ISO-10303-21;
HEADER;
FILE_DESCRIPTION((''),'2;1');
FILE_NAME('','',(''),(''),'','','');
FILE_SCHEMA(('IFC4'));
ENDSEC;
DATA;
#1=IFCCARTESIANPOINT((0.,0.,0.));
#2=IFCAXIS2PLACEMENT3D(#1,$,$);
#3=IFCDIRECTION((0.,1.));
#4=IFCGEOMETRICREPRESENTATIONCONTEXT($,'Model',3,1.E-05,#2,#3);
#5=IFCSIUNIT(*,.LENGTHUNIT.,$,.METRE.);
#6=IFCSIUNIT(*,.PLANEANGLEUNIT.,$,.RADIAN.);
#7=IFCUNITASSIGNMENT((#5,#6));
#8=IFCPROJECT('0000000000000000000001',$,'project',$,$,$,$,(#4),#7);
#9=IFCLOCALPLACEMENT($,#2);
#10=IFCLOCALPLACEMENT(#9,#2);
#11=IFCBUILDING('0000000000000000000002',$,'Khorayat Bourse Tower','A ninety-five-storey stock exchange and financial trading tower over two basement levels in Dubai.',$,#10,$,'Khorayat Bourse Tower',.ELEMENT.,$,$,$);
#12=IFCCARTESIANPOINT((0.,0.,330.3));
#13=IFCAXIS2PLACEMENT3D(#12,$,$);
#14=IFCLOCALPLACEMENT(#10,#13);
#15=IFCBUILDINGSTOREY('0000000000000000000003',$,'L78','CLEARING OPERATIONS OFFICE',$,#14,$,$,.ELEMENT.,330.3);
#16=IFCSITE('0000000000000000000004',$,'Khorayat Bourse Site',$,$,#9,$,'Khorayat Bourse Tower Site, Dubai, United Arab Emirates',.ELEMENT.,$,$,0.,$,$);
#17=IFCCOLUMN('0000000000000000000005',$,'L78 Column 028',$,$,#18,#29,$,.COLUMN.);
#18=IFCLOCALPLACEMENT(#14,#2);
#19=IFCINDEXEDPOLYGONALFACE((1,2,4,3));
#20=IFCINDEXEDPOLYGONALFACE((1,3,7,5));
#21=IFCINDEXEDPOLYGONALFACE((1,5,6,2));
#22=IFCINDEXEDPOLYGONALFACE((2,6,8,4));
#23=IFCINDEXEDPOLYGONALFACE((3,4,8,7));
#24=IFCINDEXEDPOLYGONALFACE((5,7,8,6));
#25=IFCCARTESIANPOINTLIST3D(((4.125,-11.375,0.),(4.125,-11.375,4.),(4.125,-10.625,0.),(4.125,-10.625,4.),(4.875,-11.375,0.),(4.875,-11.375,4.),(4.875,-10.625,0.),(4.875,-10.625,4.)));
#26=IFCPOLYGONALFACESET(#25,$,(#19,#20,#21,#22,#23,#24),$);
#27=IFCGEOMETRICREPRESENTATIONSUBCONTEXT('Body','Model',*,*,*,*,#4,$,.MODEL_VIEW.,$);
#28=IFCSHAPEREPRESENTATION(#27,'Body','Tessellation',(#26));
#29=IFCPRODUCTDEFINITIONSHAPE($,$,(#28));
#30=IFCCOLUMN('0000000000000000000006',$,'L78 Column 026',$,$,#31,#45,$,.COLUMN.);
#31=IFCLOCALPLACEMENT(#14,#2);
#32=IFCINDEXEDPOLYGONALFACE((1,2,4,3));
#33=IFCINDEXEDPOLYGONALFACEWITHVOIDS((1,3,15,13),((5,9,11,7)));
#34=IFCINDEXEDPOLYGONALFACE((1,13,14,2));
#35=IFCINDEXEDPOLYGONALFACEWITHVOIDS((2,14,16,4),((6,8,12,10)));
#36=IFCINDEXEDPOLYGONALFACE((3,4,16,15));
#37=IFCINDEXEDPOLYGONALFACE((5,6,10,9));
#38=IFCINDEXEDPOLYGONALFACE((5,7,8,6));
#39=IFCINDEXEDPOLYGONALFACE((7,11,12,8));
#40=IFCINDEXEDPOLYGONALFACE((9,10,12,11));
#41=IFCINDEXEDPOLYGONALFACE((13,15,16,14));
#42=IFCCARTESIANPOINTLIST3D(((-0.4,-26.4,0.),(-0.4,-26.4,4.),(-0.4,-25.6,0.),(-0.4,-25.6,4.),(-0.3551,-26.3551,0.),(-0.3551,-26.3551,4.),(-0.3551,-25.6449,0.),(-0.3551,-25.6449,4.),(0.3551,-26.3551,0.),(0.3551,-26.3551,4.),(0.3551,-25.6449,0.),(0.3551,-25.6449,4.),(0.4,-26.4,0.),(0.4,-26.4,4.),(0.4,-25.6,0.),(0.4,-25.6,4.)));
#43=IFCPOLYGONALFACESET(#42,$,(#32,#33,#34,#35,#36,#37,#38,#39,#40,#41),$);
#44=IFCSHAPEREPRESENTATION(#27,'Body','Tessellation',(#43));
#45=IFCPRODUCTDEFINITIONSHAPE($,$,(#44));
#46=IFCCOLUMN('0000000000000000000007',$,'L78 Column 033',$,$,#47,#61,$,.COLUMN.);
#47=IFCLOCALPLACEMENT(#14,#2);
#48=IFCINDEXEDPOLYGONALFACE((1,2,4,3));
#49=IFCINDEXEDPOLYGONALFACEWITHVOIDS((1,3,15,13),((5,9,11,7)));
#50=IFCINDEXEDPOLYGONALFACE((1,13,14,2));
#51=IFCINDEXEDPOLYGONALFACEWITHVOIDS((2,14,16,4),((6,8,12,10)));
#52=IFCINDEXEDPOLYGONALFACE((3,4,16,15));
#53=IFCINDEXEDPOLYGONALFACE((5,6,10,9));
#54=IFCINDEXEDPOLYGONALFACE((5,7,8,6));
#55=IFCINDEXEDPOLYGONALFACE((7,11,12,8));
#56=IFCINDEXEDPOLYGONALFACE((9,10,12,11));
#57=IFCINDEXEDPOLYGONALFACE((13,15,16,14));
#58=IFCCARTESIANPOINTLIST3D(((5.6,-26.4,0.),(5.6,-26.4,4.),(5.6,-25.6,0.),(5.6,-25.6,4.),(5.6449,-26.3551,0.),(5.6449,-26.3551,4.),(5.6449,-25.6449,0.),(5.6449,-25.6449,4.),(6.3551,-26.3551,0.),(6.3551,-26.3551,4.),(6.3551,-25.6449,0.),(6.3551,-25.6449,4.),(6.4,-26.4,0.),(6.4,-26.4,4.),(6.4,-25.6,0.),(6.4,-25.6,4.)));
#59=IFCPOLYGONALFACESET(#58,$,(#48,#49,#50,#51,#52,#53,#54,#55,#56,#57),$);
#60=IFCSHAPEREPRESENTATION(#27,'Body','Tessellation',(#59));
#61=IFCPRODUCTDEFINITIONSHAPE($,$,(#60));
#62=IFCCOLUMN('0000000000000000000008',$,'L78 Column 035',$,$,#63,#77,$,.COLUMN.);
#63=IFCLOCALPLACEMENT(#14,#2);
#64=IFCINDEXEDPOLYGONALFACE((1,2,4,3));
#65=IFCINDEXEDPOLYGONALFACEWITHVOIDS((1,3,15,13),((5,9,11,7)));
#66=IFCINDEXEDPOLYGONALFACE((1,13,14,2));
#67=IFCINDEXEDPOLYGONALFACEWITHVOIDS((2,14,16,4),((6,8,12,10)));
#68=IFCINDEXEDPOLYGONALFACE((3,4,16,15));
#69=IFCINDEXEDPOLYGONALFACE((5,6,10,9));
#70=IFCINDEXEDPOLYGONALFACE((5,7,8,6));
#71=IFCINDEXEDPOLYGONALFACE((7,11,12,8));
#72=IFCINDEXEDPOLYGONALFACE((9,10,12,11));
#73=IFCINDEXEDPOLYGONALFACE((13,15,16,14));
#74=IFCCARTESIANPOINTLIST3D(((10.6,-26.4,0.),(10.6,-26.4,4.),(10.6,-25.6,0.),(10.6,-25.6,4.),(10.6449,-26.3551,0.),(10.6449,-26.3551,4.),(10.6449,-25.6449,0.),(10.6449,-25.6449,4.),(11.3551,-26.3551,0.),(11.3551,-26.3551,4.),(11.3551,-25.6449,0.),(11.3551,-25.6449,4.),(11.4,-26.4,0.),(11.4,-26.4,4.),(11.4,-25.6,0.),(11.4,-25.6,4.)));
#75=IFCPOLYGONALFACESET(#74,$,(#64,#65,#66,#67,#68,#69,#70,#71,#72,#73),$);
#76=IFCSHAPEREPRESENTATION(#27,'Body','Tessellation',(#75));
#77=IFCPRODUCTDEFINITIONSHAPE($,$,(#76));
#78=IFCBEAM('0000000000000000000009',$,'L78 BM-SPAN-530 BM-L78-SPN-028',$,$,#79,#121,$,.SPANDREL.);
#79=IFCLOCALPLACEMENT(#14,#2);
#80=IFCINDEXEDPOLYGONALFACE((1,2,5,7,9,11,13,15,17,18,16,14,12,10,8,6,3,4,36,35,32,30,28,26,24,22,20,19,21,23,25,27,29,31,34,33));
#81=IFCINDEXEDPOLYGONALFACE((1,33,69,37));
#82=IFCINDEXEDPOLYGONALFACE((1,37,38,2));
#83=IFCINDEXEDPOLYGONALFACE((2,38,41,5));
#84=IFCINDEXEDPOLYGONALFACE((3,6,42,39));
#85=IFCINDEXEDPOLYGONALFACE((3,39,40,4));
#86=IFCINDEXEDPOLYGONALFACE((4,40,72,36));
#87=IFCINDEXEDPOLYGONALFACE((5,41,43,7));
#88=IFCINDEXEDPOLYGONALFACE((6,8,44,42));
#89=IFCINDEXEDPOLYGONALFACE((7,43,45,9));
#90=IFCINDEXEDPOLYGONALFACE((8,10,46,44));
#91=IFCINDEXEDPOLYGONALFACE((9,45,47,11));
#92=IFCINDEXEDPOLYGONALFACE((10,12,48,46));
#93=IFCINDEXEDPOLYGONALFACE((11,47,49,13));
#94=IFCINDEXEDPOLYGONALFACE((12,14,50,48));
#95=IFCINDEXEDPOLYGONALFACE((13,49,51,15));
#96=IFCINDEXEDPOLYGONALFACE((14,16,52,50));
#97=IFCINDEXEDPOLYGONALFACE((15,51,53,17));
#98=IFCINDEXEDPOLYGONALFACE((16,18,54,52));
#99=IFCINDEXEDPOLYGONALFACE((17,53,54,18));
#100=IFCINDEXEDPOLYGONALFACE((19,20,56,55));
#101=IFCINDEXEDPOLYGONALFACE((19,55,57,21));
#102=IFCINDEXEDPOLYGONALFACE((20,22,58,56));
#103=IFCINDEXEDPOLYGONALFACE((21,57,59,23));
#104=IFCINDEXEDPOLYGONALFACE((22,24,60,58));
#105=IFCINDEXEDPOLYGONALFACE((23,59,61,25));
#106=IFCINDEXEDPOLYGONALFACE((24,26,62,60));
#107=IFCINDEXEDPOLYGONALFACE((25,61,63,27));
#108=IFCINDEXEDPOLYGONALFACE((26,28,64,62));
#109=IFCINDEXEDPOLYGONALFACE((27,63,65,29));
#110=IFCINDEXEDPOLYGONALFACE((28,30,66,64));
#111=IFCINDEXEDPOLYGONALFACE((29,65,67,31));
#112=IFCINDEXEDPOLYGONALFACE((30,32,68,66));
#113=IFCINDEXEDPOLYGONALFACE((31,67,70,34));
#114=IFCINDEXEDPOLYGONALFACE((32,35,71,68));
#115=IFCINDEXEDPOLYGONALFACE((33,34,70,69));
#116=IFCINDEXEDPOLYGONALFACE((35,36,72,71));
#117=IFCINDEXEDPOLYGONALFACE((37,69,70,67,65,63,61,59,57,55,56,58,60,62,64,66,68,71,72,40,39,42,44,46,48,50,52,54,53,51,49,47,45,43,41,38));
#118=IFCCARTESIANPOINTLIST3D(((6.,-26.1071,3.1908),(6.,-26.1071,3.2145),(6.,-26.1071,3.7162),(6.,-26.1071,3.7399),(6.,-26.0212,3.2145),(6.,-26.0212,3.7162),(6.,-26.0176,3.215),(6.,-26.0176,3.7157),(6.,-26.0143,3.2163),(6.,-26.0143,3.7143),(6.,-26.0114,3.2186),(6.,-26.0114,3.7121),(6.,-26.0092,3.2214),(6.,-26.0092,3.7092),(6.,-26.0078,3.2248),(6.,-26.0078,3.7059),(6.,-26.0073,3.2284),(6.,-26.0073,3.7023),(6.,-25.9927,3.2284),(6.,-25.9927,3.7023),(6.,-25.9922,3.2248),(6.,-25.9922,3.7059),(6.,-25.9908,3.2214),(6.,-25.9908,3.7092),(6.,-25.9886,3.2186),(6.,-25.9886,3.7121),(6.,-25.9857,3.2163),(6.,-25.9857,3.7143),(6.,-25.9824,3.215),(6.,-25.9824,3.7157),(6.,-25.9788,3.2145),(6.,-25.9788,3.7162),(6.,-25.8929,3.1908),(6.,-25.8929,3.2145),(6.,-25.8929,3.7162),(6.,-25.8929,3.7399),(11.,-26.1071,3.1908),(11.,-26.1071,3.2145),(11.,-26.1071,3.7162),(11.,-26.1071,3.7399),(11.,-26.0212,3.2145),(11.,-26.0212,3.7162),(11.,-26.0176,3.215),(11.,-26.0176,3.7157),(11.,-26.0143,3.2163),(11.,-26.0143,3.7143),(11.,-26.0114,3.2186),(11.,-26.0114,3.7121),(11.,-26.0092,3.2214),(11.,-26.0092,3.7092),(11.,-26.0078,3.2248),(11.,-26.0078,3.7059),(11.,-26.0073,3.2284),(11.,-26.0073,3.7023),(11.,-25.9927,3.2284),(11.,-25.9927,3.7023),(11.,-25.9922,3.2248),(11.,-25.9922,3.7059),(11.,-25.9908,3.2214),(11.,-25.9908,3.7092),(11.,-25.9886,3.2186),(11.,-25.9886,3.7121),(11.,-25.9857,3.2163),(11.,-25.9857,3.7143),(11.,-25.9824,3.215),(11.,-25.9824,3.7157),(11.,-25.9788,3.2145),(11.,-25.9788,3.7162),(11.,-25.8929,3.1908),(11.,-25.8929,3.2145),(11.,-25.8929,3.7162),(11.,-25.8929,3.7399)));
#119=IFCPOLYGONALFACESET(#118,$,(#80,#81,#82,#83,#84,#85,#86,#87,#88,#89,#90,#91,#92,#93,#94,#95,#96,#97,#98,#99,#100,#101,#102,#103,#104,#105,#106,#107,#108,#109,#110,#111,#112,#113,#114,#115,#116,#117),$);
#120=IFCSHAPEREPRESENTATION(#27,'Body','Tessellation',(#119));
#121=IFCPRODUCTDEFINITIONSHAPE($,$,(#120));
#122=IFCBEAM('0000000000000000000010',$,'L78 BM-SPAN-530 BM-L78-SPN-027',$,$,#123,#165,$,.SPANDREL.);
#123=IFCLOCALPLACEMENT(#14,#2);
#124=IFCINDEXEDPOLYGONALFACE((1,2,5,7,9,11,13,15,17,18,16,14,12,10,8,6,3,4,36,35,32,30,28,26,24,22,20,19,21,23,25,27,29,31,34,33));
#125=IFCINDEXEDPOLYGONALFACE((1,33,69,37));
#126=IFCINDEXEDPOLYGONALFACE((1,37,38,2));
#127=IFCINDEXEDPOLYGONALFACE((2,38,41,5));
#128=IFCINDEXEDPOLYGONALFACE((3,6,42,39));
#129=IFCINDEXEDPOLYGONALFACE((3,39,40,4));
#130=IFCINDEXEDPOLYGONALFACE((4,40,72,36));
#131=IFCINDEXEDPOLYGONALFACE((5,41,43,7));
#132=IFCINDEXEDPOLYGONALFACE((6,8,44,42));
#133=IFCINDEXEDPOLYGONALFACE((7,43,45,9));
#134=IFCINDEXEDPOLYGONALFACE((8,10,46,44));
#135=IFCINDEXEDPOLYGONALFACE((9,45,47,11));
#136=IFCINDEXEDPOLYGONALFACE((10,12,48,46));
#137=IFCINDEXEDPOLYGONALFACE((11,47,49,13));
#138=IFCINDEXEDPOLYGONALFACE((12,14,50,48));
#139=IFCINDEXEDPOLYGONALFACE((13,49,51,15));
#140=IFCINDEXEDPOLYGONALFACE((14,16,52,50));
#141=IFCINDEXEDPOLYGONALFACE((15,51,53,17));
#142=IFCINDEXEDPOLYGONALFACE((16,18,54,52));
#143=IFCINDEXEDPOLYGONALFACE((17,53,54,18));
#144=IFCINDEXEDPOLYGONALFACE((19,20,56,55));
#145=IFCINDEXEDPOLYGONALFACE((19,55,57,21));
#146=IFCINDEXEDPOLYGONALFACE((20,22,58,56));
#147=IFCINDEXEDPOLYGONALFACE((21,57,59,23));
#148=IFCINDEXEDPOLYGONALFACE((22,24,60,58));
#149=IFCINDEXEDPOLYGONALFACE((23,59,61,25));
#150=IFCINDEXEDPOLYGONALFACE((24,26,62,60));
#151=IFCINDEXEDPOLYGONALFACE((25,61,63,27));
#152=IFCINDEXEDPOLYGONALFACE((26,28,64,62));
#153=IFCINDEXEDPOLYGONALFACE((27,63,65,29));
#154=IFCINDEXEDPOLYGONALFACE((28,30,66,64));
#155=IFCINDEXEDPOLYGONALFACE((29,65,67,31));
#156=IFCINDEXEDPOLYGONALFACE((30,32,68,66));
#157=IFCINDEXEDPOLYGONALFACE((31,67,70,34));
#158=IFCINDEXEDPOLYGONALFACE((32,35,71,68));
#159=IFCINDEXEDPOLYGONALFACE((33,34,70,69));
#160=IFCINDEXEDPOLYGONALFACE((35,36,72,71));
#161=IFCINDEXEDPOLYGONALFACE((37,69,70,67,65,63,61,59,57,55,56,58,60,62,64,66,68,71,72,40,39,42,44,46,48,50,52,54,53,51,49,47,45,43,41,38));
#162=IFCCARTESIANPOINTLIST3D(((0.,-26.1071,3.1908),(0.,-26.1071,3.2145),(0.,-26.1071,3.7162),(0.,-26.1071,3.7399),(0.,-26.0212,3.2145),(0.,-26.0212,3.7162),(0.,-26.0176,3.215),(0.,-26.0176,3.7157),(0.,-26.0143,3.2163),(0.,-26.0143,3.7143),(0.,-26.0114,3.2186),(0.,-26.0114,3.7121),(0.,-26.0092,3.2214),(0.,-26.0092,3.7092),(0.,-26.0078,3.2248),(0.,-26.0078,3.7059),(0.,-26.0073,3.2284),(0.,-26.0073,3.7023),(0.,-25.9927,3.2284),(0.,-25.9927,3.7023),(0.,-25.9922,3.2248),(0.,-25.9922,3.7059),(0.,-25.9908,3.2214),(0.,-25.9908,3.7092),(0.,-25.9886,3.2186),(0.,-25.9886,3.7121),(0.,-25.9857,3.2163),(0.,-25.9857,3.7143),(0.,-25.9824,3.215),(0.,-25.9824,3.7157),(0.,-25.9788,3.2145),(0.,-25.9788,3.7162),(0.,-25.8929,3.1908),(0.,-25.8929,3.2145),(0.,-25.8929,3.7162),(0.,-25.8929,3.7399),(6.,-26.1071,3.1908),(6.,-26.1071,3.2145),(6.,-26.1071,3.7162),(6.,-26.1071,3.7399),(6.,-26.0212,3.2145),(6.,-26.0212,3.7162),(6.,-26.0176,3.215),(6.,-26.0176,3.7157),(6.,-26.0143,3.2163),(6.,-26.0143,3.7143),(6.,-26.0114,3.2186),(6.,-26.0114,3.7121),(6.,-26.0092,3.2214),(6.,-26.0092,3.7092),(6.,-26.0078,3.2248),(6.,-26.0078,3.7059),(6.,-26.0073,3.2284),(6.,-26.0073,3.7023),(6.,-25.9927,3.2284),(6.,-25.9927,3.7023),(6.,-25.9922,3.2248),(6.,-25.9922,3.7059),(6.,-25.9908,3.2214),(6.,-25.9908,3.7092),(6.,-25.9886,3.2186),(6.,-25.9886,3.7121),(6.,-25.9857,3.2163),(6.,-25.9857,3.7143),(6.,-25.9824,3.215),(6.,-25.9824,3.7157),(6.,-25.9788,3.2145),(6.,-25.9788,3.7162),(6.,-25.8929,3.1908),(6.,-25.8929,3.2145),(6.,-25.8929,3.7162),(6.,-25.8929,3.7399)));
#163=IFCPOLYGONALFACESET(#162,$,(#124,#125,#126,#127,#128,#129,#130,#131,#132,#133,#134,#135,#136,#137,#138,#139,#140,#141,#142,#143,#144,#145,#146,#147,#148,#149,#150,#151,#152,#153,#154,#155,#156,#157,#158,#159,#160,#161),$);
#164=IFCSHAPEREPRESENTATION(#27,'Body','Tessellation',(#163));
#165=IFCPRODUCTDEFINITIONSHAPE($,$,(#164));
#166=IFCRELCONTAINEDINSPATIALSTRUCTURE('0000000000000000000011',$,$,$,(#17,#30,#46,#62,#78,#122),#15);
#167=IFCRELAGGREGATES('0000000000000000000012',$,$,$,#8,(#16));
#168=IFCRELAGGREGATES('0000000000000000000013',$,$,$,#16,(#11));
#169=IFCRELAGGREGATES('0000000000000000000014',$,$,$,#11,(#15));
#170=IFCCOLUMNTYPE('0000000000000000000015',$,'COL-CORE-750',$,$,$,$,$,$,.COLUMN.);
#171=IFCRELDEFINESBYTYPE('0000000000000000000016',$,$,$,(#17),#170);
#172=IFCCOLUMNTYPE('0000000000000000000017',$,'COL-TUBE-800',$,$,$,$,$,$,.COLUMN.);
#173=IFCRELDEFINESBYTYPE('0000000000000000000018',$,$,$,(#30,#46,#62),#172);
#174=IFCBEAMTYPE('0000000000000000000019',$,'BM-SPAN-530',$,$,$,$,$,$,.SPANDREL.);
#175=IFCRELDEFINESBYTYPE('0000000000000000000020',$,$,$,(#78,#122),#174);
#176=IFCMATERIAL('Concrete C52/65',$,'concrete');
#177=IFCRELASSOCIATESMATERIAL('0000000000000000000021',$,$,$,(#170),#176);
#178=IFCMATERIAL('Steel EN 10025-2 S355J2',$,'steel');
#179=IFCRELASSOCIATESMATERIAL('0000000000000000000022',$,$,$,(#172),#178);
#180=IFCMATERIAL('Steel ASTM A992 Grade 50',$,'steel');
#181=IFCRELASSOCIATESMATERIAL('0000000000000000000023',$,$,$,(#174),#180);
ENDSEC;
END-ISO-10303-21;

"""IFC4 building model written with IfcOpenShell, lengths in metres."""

from ifc_helpers import new_model, si_unit, direction, frame, origin, origin_2d, place, context, subcontext, project, spatial, rectangle, hollow_rectangle, i_section, extrude, source, transform, mapped, material, material_profile, profile_set, type_object, element, save


model = new_model("IFC4")

# Units and contexts
model_context = context("Model", 3, precision=1e-05, world=origin(), true_north=direction((0.0, 1.0)))
body_context = subcontext(model_context, "Body", "Model", "MODEL_VIEW")
ifc_project = project(units=[si_unit("LENGTHUNIT", "METRE"), si_unit("PLANEANGLEUNIT", "RADIAN")], contexts=[model_context])

# Site, building, storey
site_placement = place(None, origin())
site = spatial("IfcSite", under=ifc_project, at=site_placement, Name="Khorayat Bourse Site", LongName="Khorayat Bourse Tower Site, Dubai, United Arab Emirates", CompositionType="ELEMENT", RefElevation=0.0)
building_placement = place(site_placement, origin())
building = spatial("IfcBuilding", under=site, at=building_placement, Name="Khorayat Bourse Tower", Description="A ninety-five-storey stock exchange and financial trading tower over two basement levels in Dubai.", LongName="Khorayat Bourse Tower", CompositionType="ELEMENT")
storey_placement = place(building_placement, frame((0.0, 0.0, 330.3)))
storey = spatial("IfcBuildingStorey", under=building, at=storey_placement, Name="L78", Description="CLEARING OPERATIONS OFFICE", CompositionType="ELEMENT", Elevation=330.3)

# Columns
ifc_material_1 = material(Name="Concrete C52/65", Category="concrete")
ifc_material_profile_1 = material_profile(ifc_material_1, rectangle(XDim=0.75, YDim=0.75, at=origin_2d()), Name="RC 750x750")
ifc_profile_set_1 = profile_set([ifc_material_profile_1], Name="Concrete C52/65")
column_type_1 = type_object("IfcColumnType", Name="COL-CORE-750", PredefinedType="COLUMN", material=ifc_profile_set_1)
shared_shape_1 = source(origin(), body_context, "Body", "SweptSolid", [
    extrude(rectangle(XDim=0.75, YDim=0.75, at=origin_2d()), origin(), (0.0, 0.0, 1.0), 4.0),
])
column_placement = place(storey_placement, frame((4.5, -11.0, 0.0), z_axis=(0.0, 0.0, 1.0), x_axis=(1.0, 0.0, 0.0)))
element("IfcColumn", 1, at=column_placement, inside=storey, type_object=column_type_1, Name="L78 Column 028", PredefinedType="COLUMN", context=body_context, shape_type="MappedRepresentation", body=[
    mapped(shared_shape_1, transform((0.0, 0.0, 0.0), scale=1.0)),
])
ifc_material_2 = material(Name="Steel EN 10025-2 S355J2", Category="steel")
ifc_material_profile_2 = material_profile(ifc_material_2, hollow_rectangle(XDim=0.8, YDim=0.8, WallThickness=0.0449, at=origin_2d()), Name="BOX 800x800x45")
ifc_profile_set_2 = profile_set([ifc_material_profile_2], Name="Steel EN 10025-2 S355J2")
column_type_2 = type_object("IfcColumnType", Name="COL-TUBE-800", PredefinedType="COLUMN", material=ifc_profile_set_2)
shared_shape_2 = source(origin(), body_context, "Body", "SweptSolid", [
    extrude(hollow_rectangle(XDim=0.8, YDim=0.8, WallThickness=0.0449, at=origin_2d()), origin(), (0.0, 0.0, 1.0), 4.0),
])
for number, where, z_axis, x_axis, name in (
    (2, (0.0, -26.0, 0.0), (0.0, 0.0, 1.0), (1.0, 0.0, 0.0), "L78 Column 026"),
    (3, (6.0, -26.0, 0.0), (0.0, 0.0, 1.0), (1.0, 0.0, 0.0), "L78 Column 033"),
    (4, (11.0, -26.0, 0.0), (0.0, 0.0, 1.0), (1.0, 0.0, 0.0), "L78 Column 035"),
):
    element("IfcColumn", number, at=place(storey_placement, frame(where, z_axis=z_axis, x_axis=x_axis)), inside=storey, type_object=column_type_2, Name=name, PredefinedType="COLUMN", context=body_context, shape_type="MappedRepresentation", body=[
        mapped(shared_shape_2, transform((0.0, 0.0, 0.0), scale=1.0)),
    ])

# Beams
ifc_material_3 = material(Name="Steel ASTM A992 Grade 50", Category="steel")
ifc_material_profile_3 = material_profile(ifc_material_3, i_section(OverallWidth=0.2141, OverallDepth=0.5491, WebThickness=0.0146, FlangeThickness=0.0237, FilletRadius=0.0139, at=origin_2d()), Name="W530X138")
ifc_profile_set_3 = profile_set([ifc_material_profile_3], Name="Steel ASTM A992 Grade 50")
beam_type_1 = type_object("IfcBeamType", Name="BM-SPAN-530", PredefinedType="SPANDREL", material=ifc_profile_set_3)
shared_shape_3 = source(origin(), body_context, "Body", "SweptSolid", [
    extrude(i_section(OverallWidth=0.2141, OverallDepth=0.5491, WebThickness=0.0146, FlangeThickness=0.0237, FilletRadius=0.0139, at=origin_2d()), origin(), (0.0, 0.0, 1.0), 5.0),
])
beam_1_placement = place(storey_placement, frame((6.0, -26.0, 3.4653), z_axis=(1.0, 0.0, 0.0), x_axis=(0.0, 1.0, 0.0)))
element("IfcBeam", 5, at=beam_1_placement, inside=storey, type_object=beam_type_1, Name="L78 BM-SPAN-530 BM-L78-SPN-028", PredefinedType="SPANDREL", context=body_context, shape_type="MappedRepresentation", body=[
    mapped(shared_shape_3, transform((0.0, 0.0, 0.0), scale=1.0)),
])
shared_shape_4 = source(origin(), body_context, "Body", "SweptSolid", [
    extrude(i_section(OverallWidth=0.2141, OverallDepth=0.5491, WebThickness=0.0146, FlangeThickness=0.0237, FilletRadius=0.0139, at=origin_2d()), origin(), (0.0, 0.0, 1.0), 6.0),
])
beam_2_placement = place(storey_placement, frame((0.0, -26.0, 3.4653), z_axis=(1.0, 0.0, 0.0), x_axis=(0.0, 1.0, 0.0)))
element("IfcBeam", 6, at=beam_2_placement, inside=storey, type_object=beam_type_1, Name="L78 BM-SPAN-530 BM-L78-SPN-027", PredefinedType="SPANDREL", context=body_context, shape_type="MappedRepresentation", body=[
    mapped(shared_shape_4, transform((0.0, 0.0, 0.0), scale=1.0)),
])

save(model, "model.ifc")
